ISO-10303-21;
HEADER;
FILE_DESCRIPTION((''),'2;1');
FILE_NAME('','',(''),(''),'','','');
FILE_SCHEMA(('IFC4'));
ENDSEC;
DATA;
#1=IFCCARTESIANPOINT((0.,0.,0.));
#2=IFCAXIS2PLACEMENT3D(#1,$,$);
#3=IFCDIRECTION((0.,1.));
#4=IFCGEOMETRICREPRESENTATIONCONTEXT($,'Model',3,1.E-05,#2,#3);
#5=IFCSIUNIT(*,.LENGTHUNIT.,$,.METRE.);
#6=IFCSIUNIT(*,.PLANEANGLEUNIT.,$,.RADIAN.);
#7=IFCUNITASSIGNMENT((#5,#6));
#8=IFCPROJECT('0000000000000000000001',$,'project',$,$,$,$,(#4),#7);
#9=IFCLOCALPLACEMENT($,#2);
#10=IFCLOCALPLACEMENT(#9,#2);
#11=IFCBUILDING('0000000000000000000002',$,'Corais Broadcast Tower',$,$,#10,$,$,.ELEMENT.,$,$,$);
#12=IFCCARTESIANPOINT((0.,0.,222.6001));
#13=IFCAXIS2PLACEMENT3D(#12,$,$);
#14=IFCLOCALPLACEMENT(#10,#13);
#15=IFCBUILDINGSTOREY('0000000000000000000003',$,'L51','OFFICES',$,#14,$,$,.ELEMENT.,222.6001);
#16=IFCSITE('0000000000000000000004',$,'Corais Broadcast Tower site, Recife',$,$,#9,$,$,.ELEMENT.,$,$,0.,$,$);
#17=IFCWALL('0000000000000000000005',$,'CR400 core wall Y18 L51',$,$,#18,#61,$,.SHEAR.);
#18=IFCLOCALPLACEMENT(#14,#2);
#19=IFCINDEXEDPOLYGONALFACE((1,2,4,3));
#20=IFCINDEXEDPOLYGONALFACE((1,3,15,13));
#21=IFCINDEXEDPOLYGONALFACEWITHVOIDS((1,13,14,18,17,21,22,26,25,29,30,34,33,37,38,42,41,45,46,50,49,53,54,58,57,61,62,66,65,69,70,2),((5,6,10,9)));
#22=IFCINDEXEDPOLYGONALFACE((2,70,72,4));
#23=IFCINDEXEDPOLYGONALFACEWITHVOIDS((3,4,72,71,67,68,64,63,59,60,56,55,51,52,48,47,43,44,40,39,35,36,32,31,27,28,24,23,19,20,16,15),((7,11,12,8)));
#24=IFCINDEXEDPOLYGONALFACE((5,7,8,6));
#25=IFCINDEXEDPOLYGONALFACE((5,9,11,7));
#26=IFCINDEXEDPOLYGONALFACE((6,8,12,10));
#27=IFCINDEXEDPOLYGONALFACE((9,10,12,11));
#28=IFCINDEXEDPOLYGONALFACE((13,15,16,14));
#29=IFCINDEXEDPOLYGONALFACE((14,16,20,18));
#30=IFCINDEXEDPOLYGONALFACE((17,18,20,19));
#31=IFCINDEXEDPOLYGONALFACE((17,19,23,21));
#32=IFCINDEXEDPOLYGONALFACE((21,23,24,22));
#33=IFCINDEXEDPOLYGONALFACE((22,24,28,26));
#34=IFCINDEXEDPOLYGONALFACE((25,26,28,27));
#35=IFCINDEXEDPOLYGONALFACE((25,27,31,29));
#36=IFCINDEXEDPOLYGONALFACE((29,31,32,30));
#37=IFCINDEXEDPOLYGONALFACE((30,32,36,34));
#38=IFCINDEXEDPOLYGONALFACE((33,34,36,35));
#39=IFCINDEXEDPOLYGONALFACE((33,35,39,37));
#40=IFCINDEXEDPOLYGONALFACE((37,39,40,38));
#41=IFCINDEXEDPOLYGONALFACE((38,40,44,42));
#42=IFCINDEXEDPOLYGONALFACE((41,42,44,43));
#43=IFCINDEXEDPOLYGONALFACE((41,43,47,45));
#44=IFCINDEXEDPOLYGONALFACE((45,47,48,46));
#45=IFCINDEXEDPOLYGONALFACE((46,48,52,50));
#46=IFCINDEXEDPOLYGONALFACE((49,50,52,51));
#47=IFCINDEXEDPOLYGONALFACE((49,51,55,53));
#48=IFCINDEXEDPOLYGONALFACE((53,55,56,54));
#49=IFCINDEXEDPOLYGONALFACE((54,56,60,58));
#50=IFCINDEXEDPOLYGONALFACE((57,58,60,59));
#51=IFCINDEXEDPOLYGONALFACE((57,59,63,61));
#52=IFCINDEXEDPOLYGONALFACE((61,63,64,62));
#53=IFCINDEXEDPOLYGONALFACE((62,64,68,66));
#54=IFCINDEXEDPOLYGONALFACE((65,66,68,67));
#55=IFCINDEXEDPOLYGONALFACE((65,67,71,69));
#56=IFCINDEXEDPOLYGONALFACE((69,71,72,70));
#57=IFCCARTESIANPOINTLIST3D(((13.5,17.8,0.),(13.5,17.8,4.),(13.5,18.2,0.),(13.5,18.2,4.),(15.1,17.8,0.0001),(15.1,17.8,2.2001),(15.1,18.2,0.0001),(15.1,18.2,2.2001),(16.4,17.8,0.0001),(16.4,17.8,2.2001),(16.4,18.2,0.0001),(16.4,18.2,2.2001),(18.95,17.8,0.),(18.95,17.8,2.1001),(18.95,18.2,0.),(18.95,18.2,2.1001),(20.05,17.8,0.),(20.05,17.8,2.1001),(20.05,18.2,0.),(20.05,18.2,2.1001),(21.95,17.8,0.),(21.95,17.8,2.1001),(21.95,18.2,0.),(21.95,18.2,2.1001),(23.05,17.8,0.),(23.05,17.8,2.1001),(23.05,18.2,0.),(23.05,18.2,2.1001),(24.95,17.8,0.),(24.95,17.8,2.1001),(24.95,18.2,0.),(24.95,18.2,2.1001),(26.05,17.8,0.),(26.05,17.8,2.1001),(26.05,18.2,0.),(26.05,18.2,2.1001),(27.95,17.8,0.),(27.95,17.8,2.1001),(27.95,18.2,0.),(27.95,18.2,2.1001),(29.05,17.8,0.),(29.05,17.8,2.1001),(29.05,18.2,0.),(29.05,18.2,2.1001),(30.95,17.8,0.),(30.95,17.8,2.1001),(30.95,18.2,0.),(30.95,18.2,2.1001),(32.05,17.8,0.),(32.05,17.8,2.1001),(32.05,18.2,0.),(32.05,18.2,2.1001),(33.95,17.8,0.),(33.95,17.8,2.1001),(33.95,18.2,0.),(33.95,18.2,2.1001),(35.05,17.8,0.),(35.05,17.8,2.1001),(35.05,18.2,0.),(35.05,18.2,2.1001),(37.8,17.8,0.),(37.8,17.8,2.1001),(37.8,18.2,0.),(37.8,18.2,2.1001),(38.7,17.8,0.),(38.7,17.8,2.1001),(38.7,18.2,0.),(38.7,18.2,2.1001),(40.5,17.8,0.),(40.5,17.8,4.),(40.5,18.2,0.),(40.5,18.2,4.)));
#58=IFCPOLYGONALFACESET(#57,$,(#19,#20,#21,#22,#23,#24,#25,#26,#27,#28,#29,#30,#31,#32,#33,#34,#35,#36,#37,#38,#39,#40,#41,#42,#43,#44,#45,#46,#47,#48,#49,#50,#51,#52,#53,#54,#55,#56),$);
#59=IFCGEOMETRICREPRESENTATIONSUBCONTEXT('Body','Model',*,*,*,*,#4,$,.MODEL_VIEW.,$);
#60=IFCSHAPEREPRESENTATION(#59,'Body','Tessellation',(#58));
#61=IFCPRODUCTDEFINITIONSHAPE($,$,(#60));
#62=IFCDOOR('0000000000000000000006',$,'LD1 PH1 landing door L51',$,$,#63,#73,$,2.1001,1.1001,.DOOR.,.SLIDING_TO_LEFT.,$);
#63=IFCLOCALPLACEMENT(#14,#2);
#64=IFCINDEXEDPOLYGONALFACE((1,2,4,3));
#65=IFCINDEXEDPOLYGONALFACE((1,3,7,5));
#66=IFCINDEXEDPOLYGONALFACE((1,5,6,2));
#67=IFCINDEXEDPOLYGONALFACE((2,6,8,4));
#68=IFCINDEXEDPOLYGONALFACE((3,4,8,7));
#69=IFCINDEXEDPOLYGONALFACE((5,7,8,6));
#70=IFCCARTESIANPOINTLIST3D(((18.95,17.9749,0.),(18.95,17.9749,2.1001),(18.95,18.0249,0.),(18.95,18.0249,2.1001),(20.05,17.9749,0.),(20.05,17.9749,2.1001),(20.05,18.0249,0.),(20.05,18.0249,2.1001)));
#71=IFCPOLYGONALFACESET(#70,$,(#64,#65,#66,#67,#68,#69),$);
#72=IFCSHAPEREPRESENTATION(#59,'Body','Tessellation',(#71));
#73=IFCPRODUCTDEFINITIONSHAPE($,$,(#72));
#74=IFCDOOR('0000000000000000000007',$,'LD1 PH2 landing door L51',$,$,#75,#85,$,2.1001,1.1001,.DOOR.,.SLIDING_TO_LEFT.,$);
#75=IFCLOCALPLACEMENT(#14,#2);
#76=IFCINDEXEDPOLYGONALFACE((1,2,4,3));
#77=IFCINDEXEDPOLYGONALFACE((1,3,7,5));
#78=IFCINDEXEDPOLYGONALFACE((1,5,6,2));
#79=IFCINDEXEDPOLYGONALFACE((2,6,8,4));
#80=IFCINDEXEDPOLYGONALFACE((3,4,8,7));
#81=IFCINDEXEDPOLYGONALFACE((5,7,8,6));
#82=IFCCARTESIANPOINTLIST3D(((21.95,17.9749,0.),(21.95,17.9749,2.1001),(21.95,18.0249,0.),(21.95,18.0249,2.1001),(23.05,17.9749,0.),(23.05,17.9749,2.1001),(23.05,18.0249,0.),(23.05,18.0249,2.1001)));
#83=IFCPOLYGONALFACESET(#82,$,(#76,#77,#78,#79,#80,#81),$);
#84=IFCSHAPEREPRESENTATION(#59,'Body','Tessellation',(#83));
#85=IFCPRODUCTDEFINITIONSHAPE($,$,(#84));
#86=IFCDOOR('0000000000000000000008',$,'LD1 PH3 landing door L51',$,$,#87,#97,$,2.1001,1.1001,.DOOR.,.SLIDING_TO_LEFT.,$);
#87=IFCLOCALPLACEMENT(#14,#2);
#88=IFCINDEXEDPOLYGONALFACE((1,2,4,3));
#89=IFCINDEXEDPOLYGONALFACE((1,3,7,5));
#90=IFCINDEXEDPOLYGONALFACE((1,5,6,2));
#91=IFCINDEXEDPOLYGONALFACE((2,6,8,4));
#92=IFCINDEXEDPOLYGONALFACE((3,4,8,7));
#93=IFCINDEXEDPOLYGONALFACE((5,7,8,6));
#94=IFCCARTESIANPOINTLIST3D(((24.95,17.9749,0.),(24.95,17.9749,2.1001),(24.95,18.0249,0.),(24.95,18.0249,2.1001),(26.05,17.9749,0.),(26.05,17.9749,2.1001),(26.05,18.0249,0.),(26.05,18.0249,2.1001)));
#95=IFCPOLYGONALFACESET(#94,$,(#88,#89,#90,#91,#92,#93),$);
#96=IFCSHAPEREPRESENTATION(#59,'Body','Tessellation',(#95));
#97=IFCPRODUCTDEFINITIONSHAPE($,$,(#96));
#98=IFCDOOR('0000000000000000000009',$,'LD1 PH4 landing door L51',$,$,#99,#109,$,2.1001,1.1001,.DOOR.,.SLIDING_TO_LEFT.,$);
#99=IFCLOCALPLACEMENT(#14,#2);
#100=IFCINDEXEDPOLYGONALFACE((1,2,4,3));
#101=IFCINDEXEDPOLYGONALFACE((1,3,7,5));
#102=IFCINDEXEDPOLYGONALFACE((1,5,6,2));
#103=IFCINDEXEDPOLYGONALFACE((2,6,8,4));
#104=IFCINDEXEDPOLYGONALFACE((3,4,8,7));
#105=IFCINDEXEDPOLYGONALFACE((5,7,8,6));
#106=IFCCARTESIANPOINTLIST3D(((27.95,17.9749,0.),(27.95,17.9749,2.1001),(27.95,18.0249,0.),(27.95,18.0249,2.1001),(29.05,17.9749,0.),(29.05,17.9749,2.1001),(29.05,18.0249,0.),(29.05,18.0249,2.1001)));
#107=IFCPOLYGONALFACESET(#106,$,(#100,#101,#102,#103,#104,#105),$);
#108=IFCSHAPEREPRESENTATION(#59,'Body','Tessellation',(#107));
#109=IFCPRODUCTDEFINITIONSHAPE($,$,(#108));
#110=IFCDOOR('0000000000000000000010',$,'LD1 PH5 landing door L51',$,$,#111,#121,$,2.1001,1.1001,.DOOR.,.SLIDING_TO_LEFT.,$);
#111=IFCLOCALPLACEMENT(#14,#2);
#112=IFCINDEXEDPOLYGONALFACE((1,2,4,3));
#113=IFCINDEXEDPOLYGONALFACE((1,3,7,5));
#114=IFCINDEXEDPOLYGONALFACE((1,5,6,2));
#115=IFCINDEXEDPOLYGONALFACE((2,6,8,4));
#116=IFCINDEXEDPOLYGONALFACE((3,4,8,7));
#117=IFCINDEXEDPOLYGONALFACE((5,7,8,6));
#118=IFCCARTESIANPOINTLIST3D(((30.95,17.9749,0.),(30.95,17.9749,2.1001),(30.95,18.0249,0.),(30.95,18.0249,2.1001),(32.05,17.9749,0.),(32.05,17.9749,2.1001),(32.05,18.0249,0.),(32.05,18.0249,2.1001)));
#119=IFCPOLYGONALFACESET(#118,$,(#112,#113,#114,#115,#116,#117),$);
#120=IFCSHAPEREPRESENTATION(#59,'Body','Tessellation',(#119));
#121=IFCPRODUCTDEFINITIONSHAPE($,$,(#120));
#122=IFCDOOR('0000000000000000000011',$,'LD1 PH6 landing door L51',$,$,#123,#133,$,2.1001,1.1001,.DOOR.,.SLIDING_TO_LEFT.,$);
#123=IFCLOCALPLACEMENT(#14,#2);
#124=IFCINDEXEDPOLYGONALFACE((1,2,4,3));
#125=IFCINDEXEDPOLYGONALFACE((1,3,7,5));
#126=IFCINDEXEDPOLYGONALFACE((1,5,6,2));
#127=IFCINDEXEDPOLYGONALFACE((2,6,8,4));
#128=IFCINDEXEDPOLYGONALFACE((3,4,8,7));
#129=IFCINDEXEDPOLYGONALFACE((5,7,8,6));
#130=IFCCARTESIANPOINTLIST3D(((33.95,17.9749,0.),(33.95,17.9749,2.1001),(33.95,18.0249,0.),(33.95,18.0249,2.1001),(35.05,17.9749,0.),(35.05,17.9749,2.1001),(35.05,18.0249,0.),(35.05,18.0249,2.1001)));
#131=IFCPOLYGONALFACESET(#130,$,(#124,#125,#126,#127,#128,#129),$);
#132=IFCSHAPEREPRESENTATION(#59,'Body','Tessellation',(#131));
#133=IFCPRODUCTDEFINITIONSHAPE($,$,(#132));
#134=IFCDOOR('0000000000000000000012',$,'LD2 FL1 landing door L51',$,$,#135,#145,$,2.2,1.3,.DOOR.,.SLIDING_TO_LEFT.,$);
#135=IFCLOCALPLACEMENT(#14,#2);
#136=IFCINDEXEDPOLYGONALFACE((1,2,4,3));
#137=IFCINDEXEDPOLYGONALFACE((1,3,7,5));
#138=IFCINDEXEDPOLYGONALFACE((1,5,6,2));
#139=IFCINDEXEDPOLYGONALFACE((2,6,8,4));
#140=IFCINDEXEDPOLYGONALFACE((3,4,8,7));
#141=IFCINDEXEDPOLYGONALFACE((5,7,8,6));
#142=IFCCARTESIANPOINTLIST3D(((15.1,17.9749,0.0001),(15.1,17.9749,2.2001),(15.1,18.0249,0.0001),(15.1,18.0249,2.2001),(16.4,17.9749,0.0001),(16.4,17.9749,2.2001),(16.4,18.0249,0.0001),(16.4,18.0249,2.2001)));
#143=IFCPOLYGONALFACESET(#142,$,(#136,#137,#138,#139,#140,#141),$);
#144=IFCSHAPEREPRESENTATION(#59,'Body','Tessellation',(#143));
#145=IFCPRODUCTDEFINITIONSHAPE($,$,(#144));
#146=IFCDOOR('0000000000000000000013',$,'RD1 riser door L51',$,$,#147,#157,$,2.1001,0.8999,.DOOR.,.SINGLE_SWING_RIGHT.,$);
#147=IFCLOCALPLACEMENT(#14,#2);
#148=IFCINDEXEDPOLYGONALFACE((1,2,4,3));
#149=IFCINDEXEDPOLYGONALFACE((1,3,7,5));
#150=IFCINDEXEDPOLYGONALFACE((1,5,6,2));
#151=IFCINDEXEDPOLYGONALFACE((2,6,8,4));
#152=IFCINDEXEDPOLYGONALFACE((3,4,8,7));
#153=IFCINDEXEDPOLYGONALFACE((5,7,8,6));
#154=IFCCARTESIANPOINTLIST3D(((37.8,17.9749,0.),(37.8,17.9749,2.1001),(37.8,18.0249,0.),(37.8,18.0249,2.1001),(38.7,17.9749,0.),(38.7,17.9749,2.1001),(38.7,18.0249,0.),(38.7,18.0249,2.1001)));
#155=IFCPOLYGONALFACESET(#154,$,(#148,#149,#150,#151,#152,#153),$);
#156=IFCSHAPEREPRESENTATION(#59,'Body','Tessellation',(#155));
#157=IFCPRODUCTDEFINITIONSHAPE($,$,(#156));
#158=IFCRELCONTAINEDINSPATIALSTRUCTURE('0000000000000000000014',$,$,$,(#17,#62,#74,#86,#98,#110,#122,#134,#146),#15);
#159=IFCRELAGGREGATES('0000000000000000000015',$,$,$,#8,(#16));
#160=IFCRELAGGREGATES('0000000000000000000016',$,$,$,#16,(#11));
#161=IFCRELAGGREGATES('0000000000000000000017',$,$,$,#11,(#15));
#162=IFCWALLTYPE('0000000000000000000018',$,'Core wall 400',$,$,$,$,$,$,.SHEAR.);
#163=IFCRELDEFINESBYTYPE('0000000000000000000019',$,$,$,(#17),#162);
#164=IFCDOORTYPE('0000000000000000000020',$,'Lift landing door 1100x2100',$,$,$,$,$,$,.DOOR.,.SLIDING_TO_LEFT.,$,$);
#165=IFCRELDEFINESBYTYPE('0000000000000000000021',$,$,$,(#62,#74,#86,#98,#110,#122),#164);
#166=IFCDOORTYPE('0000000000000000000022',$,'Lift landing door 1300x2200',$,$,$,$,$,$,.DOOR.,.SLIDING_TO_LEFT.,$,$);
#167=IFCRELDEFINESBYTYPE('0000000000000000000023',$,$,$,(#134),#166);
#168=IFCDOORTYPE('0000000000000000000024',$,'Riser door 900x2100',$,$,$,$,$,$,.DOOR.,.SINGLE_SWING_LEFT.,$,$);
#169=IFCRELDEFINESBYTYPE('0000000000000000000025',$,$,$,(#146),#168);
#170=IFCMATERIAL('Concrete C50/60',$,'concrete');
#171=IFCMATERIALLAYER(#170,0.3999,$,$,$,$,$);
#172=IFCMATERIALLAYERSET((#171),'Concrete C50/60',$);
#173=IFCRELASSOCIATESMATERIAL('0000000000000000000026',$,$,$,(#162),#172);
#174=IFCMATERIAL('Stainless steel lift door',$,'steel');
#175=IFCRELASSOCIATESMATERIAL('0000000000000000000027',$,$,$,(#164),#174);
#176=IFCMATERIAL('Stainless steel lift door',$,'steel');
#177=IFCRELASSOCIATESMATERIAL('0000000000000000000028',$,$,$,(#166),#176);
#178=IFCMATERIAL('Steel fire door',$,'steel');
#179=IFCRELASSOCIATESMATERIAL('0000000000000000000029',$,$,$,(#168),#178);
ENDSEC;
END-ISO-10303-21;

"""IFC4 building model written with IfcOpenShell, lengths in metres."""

from ifc_helpers import new_model, si_unit, direction, frame, frame_2d, origin, place, context, subcontext, project, spatial, rectangle, extrude, material, layer, layer_set, type_object, element, fill, save


model = new_model("IFC4")

# Units and contexts
model_context = context("Model", 3, precision=1e-05, world=origin(), true_north=direction((0.0, 1.0)))
body_context = subcontext(model_context, "Body", "Model", "MODEL_VIEW")
ifc_project = project(units=[si_unit("LENGTHUNIT", "METRE"), si_unit("PLANEANGLEUNIT", "RADIAN")], contexts=[model_context])

# Site, building, storey
site_placement = place(None, origin())
site = spatial("IfcSite", under=ifc_project, at=site_placement, Name="Corais Broadcast Tower site, Recife", CompositionType="ELEMENT", RefElevation=0.0)
building_placement = place(site_placement, origin())
building = spatial("IfcBuilding", under=site, at=building_placement, Name="Corais Broadcast Tower", CompositionType="ELEMENT")
storey_placement = place(building_placement, frame((0.0, 0.0, 222.6001)))
storey = spatial("IfcBuildingStorey", under=building, at=storey_placement, Name="L51", Description="OFFICES", CompositionType="ELEMENT", Elevation=222.6001)

# Wall, openings, doors
ifc_material_1 = material(Name="Concrete C50/60", Category="concrete")
ifc_layer_1 = layer(ifc_material_1, 0.3999)
ifc_layer_set_1 = layer_set([ifc_layer_1], Name="Concrete C50/60")
wall_type_1 = type_object("IfcWallType", Name="Core wall 400", PredefinedType="SHEAR", material=ifc_layer_set_1)
wall_1_placement = place(storey_placement, frame((13.5, 18.0, 0.0), z_axis=(0.0, 0.0, 1.0), x_axis=(1.0, 0.0, 0.0)))
wall_1 = element("IfcWall", 1, at=wall_1_placement, inside=storey, type_object=wall_type_1, Name="CR400 core wall Y18 L51", PredefinedType="SHEAR", context=body_context, shape_type="SweptSolid", body=[
    extrude(rectangle(XDim=27.0, YDim=0.3999, at=frame_2d((13.5, 0.0))), origin(), (0.0, 0.0, 1.0), 4.0),
])
opening_1_placement = place(wall_1_placement, frame((24.3, 0.0, 0.0)))
opening_1 = element("IfcOpeningElement", 2, at=opening_1_placement, cuts=wall_1, PredefinedType="OPENING", context=body_context, shape_type="SweptSolid", body=[
    extrude(rectangle(XDim=0.8999, YDim=2.1001, at=frame_2d((0.45, 1.05))), frame((0.0, 0.21, 0.0), z_axis=(0.0, -1.0, 0.0), x_axis=(1.0, 0.0, 0.0)), (0.0, 0.0, 1.0), 0.4199),
])
opening_2_placement = place(wall_1_placement, frame((5.45, 0.0, 0.0)))
opening_2 = element("IfcOpeningElement", 3, at=opening_2_placement, cuts=wall_1, PredefinedType="OPENING", context=body_context, shape_type="SweptSolid", body=[
    extrude(rectangle(XDim=1.1001, YDim=2.1001, at=frame_2d((0.55, 1.05))), frame((0.0, 0.21, 0.0), z_axis=(0.0, -1.0, 0.0), x_axis=(1.0, 0.0, 0.0)), (0.0, 0.0, 1.0), 0.4199),
])
opening_3_placement = place(wall_1_placement, frame((8.45, 0.0, 0.0)))
opening_3 = element("IfcOpeningElement", 4, at=opening_3_placement, cuts=wall_1, PredefinedType="OPENING", context=body_context, shape_type="SweptSolid", body=[
    extrude(rectangle(XDim=1.1001, YDim=2.1001, at=frame_2d((0.55, 1.05))), frame((0.0, 0.21, 0.0), z_axis=(0.0, -1.0, 0.0), x_axis=(1.0, 0.0, 0.0)), (0.0, 0.0, 1.0), 0.4199),
])
opening_4_placement = place(wall_1_placement, frame((11.45, 0.0, 0.0)))
opening_4 = element("IfcOpeningElement", 5, at=opening_4_placement, cuts=wall_1, PredefinedType="OPENING", context=body_context, shape_type="SweptSolid", body=[
    extrude(rectangle(XDim=1.1001, YDim=2.1001, at=frame_2d((0.55, 1.05))), frame((0.0, 0.21, 0.0), z_axis=(0.0, -1.0, 0.0), x_axis=(1.0, 0.0, 0.0)), (0.0, 0.0, 1.0), 0.4199),
])
opening_5_placement = place(wall_1_placement, frame((14.45, 0.0, 0.0)))
opening_5 = element("IfcOpeningElement", 6, at=opening_5_placement, cuts=wall_1, PredefinedType="OPENING", context=body_context, shape_type="SweptSolid", body=[
    extrude(rectangle(XDim=1.1001, YDim=2.1001, at=frame_2d((0.55, 1.05))), frame((0.0, 0.21, 0.0), z_axis=(0.0, -1.0, 0.0), x_axis=(1.0, 0.0, 0.0)), (0.0, 0.0, 1.0), 0.4199),
])
opening_6_placement = place(wall_1_placement, frame((17.45, 0.0, 0.0)))
opening_6 = element("IfcOpeningElement", 7, at=opening_6_placement, cuts=wall_1, PredefinedType="OPENING", context=body_context, shape_type="SweptSolid", body=[
    extrude(rectangle(XDim=1.1001, YDim=2.1001, at=frame_2d((0.55, 1.05))), frame((0.0, 0.21, 0.0), z_axis=(0.0, -1.0, 0.0), x_axis=(1.0, 0.0, 0.0)), (0.0, 0.0, 1.0), 0.4199),
])
opening_7_placement = place(wall_1_placement, frame((20.45, 0.0, 0.0)))
opening_7 = element("IfcOpeningElement", 8, at=opening_7_placement, cuts=wall_1, PredefinedType="OPENING", context=body_context, shape_type="SweptSolid", body=[
    extrude(rectangle(XDim=1.1001, YDim=2.1001, at=frame_2d((0.55, 1.05))), frame((0.0, 0.21, 0.0), z_axis=(0.0, -1.0, 0.0), x_axis=(1.0, 0.0, 0.0)), (0.0, 0.0, 1.0), 0.4199),
])
opening_8_placement = place(wall_1_placement, frame((1.6001, 0.0, 0.0)))
opening_8 = element("IfcOpeningElement", 9, at=opening_8_placement, cuts=wall_1, PredefinedType="OPENING", context=body_context, shape_type="SweptSolid", body=[
    extrude(rectangle(XDim=1.3, YDim=2.2, at=frame_2d((0.6499, 1.1001))), frame((0.0, 0.21, 0.0), z_axis=(0.0, -1.0, 0.0), x_axis=(1.0, 0.0, 0.0)), (0.0, 0.0, 1.0), 0.4199),
])
ifc_material_2 = material(Name="Stainless steel lift door", Category="steel")
door_type_1 = type_object("IfcDoorType", Name="Lift landing door 1100x2100", OperationType="SLIDING_TO_LEFT", PredefinedType="DOOR", material=ifc_material_2)
door_1_placement = place(opening_2_placement, origin())
door_1 = element("IfcDoor", 10, at=door_1_placement, inside=storey, type_object=door_type_1, Name="LD1 PH1 landing door L51", OperationType="SLIDING_TO_LEFT", OverallHeight=2.1001, OverallWidth=1.1001, PredefinedType="DOOR", context=body_context, shape_type="SweptSolid", body=[
    extrude(rectangle(XDim=1.1001, YDim=2.1001, at=frame_2d((0.55, 1.05))), frame((0.0, 0.0249, 0.0), z_axis=(0.0, -1.0, 0.0), x_axis=(1.0, 0.0, 0.0)), (0.0, 0.0, 1.0), 0.05),
])
fill(opening_2, door_1)
door_2_placement = place(opening_3_placement, origin())
door_2 = element("IfcDoor", 11, at=door_2_placement, inside=storey, type_object=door_type_1, Name="LD1 PH2 landing door L51", OperationType="SLIDING_TO_LEFT", OverallHeight=2.1001, OverallWidth=1.1001, PredefinedType="DOOR", context=body_context, shape_type="SweptSolid", body=[
    extrude(rectangle(XDim=1.1001, YDim=2.1001, at=frame_2d((0.55, 1.05))), frame((0.0, 0.0249, 0.0), z_axis=(0.0, -1.0, 0.0), x_axis=(1.0, 0.0, 0.0)), (0.0, 0.0, 1.0), 0.05),
])
fill(opening_3, door_2)
door_3_placement = place(opening_4_placement, origin())
door_3 = element("IfcDoor", 12, at=door_3_placement, inside=storey, type_object=door_type_1, Name="LD1 PH3 landing door L51", OperationType="SLIDING_TO_LEFT", OverallHeight=2.1001, OverallWidth=1.1001, PredefinedType="DOOR", context=body_context, shape_type="SweptSolid", body=[
    extrude(rectangle(XDim=1.1001, YDim=2.1001, at=frame_2d((0.55, 1.05))), frame((0.0, 0.0249, 0.0), z_axis=(0.0, -1.0, 0.0), x_axis=(1.0, 0.0, 0.0)), (0.0, 0.0, 1.0), 0.05),
])
fill(opening_4, door_3)
door_4_placement = place(opening_5_placement, origin())
door_4 = element("IfcDoor", 13, at=door_4_placement, inside=storey, type_object=door_type_1, Name="LD1 PH4 landing door L51", OperationType="SLIDING_TO_LEFT", OverallHeight=2.1001, OverallWidth=1.1001, PredefinedType="DOOR", context=body_context, shape_type="SweptSolid", body=[
    extrude(rectangle(XDim=1.1001, YDim=2.1001, at=frame_2d((0.55, 1.05))), frame((0.0, 0.0249, 0.0), z_axis=(0.0, -1.0, 0.0), x_axis=(1.0, 0.0, 0.0)), (0.0, 0.0, 1.0), 0.05),
])
fill(opening_5, door_4)
door_5_placement = place(opening_6_placement, origin())
door_5 = element("IfcDoor", 14, at=door_5_placement, inside=storey, type_object=door_type_1, Name="LD1 PH5 landing door L51", OperationType="SLIDING_TO_LEFT", OverallHeight=2.1001, OverallWidth=1.1001, PredefinedType="DOOR", context=body_context, shape_type="SweptSolid", body=[
    extrude(rectangle(XDim=1.1001, YDim=2.1001, at=frame_2d((0.55, 1.05))), frame((0.0, 0.0249, 0.0), z_axis=(0.0, -1.0, 0.0), x_axis=(1.0, 0.0, 0.0)), (0.0, 0.0, 1.0), 0.05),
])
fill(opening_6, door_5)
door_6_placement = place(opening_7_placement, origin())
door_6 = element("IfcDoor", 15, at=door_6_placement, inside=storey, type_object=door_type_1, Name="LD1 PH6 landing door L51", OperationType="SLIDING_TO_LEFT", OverallHeight=2.1001, OverallWidth=1.1001, PredefinedType="DOOR", context=body_context, shape_type="SweptSolid", body=[
    extrude(rectangle(XDim=1.1001, YDim=2.1001, at=frame_2d((0.55, 1.05))), frame((0.0, 0.0249, 0.0), z_axis=(0.0, -1.0, 0.0), x_axis=(1.0, 0.0, 0.0)), (0.0, 0.0, 1.0), 0.05),
])
fill(opening_7, door_6)
ifc_material_3 = material(Name="Stainless steel lift door", Category="steel")
door_type_2 = type_object("IfcDoorType", Name="Lift landing door 1300x2200", OperationType="SLIDING_TO_LEFT", PredefinedType="DOOR", material=ifc_material_3)
door_7_placement = place(opening_8_placement, origin())
door_7 = element("IfcDoor", 16, at=door_7_placement, inside=storey, type_object=door_type_2, Name="LD2 FL1 landing door L51", OperationType="SLIDING_TO_LEFT", OverallHeight=2.2, OverallWidth=1.3, PredefinedType="DOOR", context=body_context, shape_type="SweptSolid", body=[
    extrude(rectangle(XDim=1.3, YDim=2.2, at=frame_2d((0.6499, 1.1001))), frame((0.0, 0.0249, 0.0), z_axis=(0.0, -1.0, 0.0), x_axis=(1.0, 0.0, 0.0)), (0.0, 0.0, 1.0), 0.05),
])
fill(opening_8, door_7)
ifc_material_4 = material(Name="Steel fire door", Category="steel")
door_type_3 = type_object("IfcDoorType", Name="Riser door 900x2100", OperationType="SINGLE_SWING_LEFT", PredefinedType="DOOR", material=ifc_material_4)
door_8_placement = place(opening_1_placement, origin())
door_8 = element("IfcDoor", 17, at=door_8_placement, inside=storey, type_object=door_type_3, Name="RD1 riser door L51", OperationType="SINGLE_SWING_RIGHT", OverallHeight=2.1001, OverallWidth=0.8999, PredefinedType="DOOR", context=body_context, shape_type="SweptSolid", body=[
    extrude(rectangle(XDim=0.8999, YDim=2.1001, at=frame_2d((0.45, 1.05))), frame((0.0, 0.0249, 0.0), z_axis=(0.0, -1.0, 0.0), x_axis=(1.0, 0.0, 0.0)), (0.0, 0.0, 1.0), 0.05),
])
fill(opening_1, door_8)

save(model, "model.ifc")
